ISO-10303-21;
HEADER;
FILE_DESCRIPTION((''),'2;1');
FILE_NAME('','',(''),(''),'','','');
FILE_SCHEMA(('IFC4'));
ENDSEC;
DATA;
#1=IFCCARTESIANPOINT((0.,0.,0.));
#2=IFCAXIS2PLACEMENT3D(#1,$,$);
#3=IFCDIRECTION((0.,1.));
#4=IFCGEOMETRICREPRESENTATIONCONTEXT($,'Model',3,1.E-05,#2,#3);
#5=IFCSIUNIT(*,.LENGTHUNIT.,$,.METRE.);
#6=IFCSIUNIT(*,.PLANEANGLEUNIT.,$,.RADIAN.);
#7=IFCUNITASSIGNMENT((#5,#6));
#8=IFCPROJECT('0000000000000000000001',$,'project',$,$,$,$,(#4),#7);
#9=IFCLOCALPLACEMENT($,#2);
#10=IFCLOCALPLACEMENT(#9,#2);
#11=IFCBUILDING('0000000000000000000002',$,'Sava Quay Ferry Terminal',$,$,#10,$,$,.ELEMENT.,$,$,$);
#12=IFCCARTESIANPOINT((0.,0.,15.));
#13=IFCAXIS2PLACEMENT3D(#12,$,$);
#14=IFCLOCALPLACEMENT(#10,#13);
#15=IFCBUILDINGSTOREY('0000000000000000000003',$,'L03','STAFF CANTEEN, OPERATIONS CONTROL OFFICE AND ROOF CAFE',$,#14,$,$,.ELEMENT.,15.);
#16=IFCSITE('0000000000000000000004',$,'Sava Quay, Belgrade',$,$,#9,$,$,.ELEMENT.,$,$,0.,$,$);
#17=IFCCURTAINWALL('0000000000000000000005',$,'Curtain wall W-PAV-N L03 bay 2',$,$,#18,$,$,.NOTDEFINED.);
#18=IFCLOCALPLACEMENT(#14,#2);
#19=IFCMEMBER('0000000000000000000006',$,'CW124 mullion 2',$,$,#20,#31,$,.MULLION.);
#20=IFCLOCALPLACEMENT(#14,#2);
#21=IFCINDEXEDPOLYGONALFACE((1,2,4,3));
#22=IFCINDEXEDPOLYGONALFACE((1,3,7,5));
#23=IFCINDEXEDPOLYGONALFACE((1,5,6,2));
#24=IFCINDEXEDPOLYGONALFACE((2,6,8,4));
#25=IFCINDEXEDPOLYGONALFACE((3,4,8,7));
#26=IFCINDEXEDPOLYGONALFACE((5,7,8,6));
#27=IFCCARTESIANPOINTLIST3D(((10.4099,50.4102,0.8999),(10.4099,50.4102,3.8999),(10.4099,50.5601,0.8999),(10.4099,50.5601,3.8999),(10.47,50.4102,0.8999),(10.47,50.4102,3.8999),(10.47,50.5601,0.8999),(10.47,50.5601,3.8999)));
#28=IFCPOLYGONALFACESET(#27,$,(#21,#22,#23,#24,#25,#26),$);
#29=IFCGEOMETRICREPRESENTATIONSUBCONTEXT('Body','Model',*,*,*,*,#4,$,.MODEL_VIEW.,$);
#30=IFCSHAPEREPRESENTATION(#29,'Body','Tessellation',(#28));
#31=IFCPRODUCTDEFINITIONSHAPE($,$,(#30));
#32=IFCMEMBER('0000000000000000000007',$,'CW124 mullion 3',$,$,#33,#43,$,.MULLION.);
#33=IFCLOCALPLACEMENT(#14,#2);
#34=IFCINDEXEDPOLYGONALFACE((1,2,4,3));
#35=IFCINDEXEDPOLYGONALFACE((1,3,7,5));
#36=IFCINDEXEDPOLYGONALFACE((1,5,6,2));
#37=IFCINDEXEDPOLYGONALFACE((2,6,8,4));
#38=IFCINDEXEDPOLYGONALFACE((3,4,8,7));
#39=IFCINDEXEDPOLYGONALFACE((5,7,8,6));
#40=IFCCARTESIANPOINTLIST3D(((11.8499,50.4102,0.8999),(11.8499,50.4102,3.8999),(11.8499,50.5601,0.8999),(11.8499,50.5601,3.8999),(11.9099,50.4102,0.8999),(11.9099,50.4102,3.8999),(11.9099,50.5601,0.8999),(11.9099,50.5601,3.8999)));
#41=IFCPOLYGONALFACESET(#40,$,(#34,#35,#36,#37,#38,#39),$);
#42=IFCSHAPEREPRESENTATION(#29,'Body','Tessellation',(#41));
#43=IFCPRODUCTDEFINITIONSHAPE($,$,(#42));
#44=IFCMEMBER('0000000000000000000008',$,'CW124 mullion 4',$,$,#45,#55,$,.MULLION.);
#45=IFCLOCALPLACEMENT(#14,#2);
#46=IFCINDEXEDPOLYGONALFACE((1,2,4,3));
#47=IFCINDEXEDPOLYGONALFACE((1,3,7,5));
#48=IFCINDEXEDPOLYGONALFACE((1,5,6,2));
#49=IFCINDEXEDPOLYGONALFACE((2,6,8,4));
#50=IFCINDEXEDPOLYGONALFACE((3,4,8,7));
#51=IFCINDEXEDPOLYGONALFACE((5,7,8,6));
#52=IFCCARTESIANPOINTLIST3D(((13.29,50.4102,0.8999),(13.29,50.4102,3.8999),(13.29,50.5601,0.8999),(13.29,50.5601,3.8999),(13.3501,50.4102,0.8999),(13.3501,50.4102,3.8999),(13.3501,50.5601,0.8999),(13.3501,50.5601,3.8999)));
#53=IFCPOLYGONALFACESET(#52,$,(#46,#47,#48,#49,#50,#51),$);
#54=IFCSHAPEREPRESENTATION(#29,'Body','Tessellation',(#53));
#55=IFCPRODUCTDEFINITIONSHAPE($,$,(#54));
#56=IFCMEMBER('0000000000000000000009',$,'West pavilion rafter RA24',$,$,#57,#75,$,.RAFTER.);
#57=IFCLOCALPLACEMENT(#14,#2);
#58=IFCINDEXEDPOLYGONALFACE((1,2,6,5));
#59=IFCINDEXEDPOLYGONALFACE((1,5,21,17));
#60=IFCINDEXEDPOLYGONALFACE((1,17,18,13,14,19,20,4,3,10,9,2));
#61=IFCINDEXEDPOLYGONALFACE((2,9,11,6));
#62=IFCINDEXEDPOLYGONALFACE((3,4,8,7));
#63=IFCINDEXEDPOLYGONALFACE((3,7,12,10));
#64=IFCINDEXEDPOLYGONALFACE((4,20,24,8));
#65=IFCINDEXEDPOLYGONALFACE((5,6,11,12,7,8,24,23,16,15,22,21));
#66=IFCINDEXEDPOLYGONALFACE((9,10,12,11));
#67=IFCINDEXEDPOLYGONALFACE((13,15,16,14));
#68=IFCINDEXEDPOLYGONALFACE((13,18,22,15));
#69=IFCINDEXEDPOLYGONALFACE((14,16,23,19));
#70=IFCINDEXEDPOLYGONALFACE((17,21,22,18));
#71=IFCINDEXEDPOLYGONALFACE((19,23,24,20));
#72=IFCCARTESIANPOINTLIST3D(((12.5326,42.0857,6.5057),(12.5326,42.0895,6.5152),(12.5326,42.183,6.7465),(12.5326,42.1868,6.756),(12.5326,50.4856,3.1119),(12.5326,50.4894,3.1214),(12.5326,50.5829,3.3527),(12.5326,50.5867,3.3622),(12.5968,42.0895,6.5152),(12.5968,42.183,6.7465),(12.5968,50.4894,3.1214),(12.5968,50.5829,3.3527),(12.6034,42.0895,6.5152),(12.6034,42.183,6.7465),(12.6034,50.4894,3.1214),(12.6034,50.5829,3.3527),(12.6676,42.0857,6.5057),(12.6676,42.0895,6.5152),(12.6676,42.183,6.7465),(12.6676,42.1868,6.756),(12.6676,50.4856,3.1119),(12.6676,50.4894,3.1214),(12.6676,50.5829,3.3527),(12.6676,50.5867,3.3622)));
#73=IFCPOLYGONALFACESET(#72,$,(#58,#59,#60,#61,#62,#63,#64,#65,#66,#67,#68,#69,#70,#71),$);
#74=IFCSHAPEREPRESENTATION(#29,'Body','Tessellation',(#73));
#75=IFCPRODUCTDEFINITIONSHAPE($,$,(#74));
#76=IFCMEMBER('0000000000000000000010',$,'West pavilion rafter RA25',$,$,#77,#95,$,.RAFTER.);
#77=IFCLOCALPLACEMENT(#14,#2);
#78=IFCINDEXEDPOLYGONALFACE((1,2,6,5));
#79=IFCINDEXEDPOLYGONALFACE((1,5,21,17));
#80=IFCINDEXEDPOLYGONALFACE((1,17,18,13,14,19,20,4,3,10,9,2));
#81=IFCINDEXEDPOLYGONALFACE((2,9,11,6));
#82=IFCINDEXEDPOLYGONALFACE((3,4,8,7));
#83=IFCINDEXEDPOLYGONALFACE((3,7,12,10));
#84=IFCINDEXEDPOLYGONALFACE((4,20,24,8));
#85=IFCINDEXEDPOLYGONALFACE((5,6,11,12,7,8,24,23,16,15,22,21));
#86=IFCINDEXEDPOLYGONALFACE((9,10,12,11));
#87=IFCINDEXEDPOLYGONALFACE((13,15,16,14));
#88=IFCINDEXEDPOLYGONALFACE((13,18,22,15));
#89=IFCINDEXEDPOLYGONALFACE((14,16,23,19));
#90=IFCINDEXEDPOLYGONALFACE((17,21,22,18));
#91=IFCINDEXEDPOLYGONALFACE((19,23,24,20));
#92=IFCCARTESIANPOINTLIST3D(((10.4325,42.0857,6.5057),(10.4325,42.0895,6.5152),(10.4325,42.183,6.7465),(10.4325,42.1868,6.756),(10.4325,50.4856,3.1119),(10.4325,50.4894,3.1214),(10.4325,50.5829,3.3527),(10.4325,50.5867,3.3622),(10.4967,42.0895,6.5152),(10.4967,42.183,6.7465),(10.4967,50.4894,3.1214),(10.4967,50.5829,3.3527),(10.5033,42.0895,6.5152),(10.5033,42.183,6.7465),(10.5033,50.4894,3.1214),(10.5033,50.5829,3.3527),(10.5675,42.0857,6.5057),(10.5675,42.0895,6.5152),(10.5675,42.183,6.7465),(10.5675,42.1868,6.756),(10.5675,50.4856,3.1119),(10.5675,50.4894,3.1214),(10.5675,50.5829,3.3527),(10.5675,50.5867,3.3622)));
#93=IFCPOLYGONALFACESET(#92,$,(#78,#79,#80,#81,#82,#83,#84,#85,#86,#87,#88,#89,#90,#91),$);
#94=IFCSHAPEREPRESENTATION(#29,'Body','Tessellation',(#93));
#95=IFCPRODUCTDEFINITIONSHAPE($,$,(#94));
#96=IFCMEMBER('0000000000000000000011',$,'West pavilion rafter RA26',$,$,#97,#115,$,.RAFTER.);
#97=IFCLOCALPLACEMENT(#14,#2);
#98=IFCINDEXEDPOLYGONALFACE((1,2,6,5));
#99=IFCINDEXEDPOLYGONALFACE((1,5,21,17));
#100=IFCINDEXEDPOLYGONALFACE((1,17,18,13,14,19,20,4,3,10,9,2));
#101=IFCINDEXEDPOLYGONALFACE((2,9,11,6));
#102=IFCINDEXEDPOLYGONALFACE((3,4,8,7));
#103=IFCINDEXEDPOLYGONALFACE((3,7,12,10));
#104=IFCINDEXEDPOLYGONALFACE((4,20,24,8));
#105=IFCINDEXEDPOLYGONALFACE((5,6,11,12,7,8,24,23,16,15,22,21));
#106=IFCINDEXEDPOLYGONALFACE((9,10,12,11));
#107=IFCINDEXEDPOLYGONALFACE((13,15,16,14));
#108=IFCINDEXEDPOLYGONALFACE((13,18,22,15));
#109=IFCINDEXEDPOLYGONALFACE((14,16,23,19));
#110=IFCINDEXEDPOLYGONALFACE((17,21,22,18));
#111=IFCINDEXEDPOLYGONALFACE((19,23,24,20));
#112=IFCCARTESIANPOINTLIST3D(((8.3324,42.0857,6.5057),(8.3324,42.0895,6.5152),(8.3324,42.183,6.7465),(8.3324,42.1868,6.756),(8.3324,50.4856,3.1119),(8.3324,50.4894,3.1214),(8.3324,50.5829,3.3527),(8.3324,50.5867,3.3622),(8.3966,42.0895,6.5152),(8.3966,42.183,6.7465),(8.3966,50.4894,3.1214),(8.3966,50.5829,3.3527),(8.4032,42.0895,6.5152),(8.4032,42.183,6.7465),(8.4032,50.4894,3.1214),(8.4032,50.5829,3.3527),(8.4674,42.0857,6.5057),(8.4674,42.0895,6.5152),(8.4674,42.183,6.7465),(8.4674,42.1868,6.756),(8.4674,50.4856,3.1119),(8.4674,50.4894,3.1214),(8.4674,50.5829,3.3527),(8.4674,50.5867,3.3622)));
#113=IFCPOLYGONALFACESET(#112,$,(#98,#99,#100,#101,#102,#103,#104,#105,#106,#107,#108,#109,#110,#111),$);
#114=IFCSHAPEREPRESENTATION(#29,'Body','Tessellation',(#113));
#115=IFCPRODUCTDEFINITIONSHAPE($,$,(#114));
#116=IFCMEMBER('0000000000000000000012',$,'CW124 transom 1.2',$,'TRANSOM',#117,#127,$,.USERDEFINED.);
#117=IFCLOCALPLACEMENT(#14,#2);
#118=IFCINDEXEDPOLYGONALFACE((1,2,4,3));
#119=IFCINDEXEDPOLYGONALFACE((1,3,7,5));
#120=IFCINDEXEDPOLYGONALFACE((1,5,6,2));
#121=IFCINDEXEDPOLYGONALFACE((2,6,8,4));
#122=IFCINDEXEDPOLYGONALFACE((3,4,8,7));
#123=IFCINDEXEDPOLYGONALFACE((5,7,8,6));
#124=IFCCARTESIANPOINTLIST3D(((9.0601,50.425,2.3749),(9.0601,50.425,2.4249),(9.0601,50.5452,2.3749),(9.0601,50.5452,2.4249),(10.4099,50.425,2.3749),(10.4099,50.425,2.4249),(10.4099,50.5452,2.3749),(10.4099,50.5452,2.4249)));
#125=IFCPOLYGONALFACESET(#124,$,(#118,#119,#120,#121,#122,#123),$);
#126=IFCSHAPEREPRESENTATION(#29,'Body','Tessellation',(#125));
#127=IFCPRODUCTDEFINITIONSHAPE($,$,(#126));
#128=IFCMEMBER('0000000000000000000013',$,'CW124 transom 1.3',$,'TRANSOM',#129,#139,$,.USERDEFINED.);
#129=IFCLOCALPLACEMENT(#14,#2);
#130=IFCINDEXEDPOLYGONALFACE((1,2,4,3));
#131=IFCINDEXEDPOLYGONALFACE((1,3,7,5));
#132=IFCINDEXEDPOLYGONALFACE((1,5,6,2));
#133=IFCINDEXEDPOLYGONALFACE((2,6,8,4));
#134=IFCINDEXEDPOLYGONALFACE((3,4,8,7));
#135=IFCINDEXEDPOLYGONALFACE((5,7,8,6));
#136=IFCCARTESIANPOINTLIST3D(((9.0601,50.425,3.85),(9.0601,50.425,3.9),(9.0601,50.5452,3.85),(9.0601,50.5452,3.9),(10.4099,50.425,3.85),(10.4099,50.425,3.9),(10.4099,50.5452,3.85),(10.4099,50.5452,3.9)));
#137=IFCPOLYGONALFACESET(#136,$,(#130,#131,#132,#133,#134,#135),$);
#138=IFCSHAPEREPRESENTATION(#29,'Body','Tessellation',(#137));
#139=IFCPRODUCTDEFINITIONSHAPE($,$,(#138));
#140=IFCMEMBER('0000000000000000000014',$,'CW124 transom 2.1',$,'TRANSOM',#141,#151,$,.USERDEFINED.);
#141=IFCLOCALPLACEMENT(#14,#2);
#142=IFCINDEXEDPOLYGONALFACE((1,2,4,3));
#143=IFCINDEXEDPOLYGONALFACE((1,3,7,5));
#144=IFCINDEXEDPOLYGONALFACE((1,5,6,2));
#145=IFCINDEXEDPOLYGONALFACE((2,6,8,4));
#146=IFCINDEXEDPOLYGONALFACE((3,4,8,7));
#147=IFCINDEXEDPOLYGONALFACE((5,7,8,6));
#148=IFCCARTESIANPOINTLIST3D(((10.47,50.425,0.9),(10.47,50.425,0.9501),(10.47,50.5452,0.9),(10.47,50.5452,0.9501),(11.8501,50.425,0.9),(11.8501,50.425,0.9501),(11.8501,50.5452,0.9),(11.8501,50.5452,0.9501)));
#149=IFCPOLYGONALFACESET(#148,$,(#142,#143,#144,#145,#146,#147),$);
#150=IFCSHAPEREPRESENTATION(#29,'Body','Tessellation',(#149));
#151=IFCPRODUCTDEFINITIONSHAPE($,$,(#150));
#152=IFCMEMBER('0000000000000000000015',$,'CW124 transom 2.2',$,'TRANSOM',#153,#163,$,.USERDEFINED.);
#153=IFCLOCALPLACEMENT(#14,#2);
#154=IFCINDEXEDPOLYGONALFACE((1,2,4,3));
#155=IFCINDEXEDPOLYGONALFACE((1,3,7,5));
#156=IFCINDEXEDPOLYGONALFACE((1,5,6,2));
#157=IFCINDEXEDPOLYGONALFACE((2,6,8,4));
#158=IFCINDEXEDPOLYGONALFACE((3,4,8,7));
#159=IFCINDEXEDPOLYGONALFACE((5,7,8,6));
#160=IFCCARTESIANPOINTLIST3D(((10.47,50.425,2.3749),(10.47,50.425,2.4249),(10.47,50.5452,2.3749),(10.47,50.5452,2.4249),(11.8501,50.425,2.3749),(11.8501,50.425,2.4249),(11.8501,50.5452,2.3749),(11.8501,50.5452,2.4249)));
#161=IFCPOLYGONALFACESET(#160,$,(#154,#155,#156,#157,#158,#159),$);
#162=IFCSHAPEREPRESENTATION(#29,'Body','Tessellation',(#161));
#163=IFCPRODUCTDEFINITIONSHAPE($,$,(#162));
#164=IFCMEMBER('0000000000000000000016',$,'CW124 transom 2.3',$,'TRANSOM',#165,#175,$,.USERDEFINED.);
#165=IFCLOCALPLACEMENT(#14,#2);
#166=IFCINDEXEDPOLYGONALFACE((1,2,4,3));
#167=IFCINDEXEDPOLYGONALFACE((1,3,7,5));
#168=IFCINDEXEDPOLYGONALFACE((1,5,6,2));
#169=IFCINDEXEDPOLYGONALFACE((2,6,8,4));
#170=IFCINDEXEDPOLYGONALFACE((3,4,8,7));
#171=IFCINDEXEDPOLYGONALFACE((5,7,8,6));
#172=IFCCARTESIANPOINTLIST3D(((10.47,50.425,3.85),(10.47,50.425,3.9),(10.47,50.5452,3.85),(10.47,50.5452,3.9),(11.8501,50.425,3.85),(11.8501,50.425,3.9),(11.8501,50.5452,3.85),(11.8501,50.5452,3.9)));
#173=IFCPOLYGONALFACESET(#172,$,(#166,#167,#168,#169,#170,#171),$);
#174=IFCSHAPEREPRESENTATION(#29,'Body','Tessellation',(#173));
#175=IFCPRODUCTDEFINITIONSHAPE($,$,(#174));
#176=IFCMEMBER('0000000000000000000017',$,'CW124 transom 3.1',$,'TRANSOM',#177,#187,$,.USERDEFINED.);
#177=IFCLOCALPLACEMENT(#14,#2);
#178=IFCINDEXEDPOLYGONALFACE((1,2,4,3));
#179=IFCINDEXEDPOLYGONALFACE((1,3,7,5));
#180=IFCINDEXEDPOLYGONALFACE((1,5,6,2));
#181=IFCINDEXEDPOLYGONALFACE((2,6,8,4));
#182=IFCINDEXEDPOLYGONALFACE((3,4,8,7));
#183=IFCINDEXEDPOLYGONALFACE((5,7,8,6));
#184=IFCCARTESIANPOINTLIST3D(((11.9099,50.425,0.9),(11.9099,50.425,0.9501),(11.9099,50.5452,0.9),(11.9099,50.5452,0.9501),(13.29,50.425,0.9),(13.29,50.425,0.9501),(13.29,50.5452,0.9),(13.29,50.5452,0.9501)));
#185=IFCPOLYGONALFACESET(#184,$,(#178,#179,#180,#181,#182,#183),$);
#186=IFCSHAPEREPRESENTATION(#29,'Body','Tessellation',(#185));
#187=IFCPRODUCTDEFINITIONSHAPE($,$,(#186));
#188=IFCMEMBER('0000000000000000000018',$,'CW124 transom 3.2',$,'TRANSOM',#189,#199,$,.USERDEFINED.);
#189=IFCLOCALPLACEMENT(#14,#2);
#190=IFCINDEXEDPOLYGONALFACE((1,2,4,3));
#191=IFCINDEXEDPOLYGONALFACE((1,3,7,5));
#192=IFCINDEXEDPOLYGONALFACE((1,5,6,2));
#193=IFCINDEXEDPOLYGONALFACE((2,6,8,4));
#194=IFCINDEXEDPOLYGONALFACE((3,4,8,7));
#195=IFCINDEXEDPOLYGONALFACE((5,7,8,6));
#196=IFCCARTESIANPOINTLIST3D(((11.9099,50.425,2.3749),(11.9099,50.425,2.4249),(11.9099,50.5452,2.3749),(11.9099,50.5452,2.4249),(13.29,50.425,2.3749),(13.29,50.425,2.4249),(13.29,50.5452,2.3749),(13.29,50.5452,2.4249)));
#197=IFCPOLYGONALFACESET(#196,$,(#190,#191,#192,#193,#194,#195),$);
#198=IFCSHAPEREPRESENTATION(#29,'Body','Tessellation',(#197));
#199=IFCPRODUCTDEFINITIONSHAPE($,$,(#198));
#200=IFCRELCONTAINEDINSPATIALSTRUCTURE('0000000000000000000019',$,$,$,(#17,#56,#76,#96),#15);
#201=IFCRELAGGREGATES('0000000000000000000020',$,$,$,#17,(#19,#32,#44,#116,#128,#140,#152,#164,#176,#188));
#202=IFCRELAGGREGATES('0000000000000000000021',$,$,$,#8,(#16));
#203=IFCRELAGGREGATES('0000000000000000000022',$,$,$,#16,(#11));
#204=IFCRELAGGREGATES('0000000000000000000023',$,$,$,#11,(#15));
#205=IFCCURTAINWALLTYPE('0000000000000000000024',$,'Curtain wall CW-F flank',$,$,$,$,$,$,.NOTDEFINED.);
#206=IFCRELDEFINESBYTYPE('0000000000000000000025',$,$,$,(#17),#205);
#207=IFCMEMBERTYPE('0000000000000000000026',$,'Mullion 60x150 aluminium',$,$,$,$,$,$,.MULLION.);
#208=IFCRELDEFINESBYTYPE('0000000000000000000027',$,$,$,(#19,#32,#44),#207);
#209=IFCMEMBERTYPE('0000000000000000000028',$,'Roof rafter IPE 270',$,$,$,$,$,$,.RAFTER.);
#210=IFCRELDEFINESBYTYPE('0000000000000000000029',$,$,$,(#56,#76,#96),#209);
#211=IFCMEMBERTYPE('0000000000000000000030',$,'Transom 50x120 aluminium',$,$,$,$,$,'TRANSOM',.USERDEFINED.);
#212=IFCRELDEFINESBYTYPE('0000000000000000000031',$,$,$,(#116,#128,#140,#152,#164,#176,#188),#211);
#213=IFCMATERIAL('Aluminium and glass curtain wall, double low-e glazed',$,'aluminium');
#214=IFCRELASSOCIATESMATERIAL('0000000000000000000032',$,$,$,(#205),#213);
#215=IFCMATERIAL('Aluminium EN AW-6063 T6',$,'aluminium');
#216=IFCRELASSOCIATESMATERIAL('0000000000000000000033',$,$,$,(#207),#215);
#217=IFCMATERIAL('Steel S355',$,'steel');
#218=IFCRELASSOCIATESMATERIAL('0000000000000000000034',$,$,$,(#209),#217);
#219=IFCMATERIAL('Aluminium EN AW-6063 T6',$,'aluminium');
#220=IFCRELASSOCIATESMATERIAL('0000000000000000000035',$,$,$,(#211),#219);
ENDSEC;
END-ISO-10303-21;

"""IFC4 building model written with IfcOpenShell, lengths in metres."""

from ifc_helpers import new_model, si_unit, direction, frame, origin, origin_2d, place, context, subcontext, project, spatial, rectangle, i_section, extrude, material, material_profile, profile_set, type_object, element, aggregate, save


model = new_model("IFC4")

# Units and contexts
model_context = context("Model", 3, precision=1e-05, world=origin(), true_north=direction((0.0, 1.0)))
body_context = subcontext(model_context, "Body", "Model", "MODEL_VIEW")
ifc_project = project(units=[si_unit("LENGTHUNIT", "METRE"), si_unit("PLANEANGLEUNIT", "RADIAN")], contexts=[model_context])

# Site, building, storey
site_placement = place(None, origin())
site = spatial("IfcSite", under=ifc_project, at=site_placement, Name="Sava Quay, Belgrade", CompositionType="ELEMENT", RefElevation=0.0)
building_placement = place(site_placement, origin())
building = spatial("IfcBuilding", under=site, at=building_placement, Name="Sava Quay Ferry Terminal", CompositionType="ELEMENT")
storey_placement = place(building_placement, frame((0.0, 0.0, 15.0)))
storey = spatial("IfcBuildingStorey", under=building, at=storey_placement, Name="L03", Description="STAFF CANTEEN, OPERATIONS CONTROL OFFICE AND ROOF CAFE", CompositionType="ELEMENT", Elevation=15.0)

# Curtain wall, members
ifc_material_1 = material(Name="Aluminium and glass curtain wall, double low-e glazed", Category="aluminium")
curtain_wall_type = type_object("IfcCurtainWallType", Name="Curtain wall CW-F flank", PredefinedType="NOTDEFINED", material=ifc_material_1)
curtain_wall_placement = place(storey_placement, origin())
curtain_wall = element("IfcCurtainWall", 1, at=curtain_wall_placement, inside=storey, type_object=curtain_wall_type, Name="Curtain wall W-PAV-N L03 bay 2", PredefinedType="NOTDEFINED")
ifc_material_2 = material(Name="Aluminium EN AW-6063 T6", Category="aluminium")
ifc_material_profile_1 = material_profile(ifc_material_2, rectangle(XDim=0.1499, YDim=0.0601, at=origin_2d()), Name="Mullion 60x150 aluminium")
ifc_profile_set_1 = profile_set([ifc_material_profile_1], Name="Aluminium EN AW-6063 T6")
member_type_1 = type_object("IfcMemberType", Name="Mullion 60x150 aluminium", PredefinedType="MULLION", material=ifc_profile_set_1)
member_1_placement = place(storey_placement, frame((10.4399, 50.4851, 0.8999), z_axis=(0.0, 0.0, 1.0), x_axis=(0.0, 1.0, 0.0)))
member_1 = element("IfcMember", 2, at=member_1_placement, type_object=member_type_1, Name="CW124 mullion 2", PredefinedType="MULLION", context=body_context, shape_type="SweptSolid", body=[
    extrude(rectangle(XDim=0.1499, YDim=0.0601, at=origin_2d()), origin(), (0.0, 0.0, 1.0), 3.0),
])
member_2_placement = place(storey_placement, frame((11.8799, 50.4851, 0.8999), z_axis=(0.0, 0.0, 1.0), x_axis=(0.0, 1.0, 0.0)))
member_2 = element("IfcMember", 3, at=member_2_placement, type_object=member_type_1, Name="CW124 mullion 3", PredefinedType="MULLION", context=body_context, shape_type="SweptSolid", body=[
    extrude(rectangle(XDim=0.1499, YDim=0.0601, at=origin_2d()), origin(), (0.0, 0.0, 1.0), 3.0),
])
member_3_placement = place(storey_placement, frame((13.3201, 50.4851, 0.8999), z_axis=(0.0, 0.0, 1.0), x_axis=(0.0, 1.0, 0.0)))
member_3 = element("IfcMember", 4, at=member_3_placement, type_object=member_type_1, Name="CW124 mullion 4", PredefinedType="MULLION", context=body_context, shape_type="SweptSolid", body=[
    extrude(rectangle(XDim=0.1499, YDim=0.0601, at=origin_2d()), origin(), (0.0, 0.0, 1.0), 3.0),
])

# Members
ifc_material_3 = material(Name="Steel S355", Category="steel")
ifc_material_profile_2 = material_profile(ifc_material_3, i_section(OverallWidth=0.135, OverallDepth=0.27, WebThickness=0.0066, FlangeThickness=0.0103, at=origin_2d()), Name="IPE 270")
ifc_profile_set_2 = profile_set([ifc_material_profile_2], Name="Steel S355")
member_type_2 = type_object("IfcMemberType", Name="Roof rafter IPE 270", PredefinedType="RAFTER", material=ifc_profile_set_2)
for number, where, z_axis, x_axis, name in (
    (5, (12.6001, 50.5361, 3.2371), (0.0, -0.927183, 0.374608), (1.0, 0.0, 0.0), "West pavilion rafter RA24"),
    (6, (10.5, 50.5361, 3.2371), (0.0, -0.927183, 0.374608), (1.0, 0.0, 0.0), "West pavilion rafter RA25"),
    (7, (8.3999, 50.5361, 3.2371), (0.0, -0.927183, 0.374608), (1.0, 0.0, 0.0), "West pavilion rafter RA26"),
):
    element("IfcMember", number, at=place(storey_placement, frame(where, z_axis=z_axis, x_axis=x_axis)), inside=storey, type_object=member_type_2, Name=name, PredefinedType="RAFTER", context=body_context, shape_type="SweptSolid", body=[
        extrude(i_section(OverallWidth=0.135, OverallDepth=0.27, WebThickness=0.0066, FlangeThickness=0.0103, at=origin_2d()), origin(), (0.0, 0.0, 1.0), 9.0596),
    ])

# Members
ifc_material_4 = material(Name="Aluminium EN AW-6063 T6", Category="aluminium")
ifc_material_profile_3 = material_profile(ifc_material_4, rectangle(XDim=0.1201, YDim=0.05, at=origin_2d()), Name="Transom 50x120 aluminium")
ifc_profile_set_3 = profile_set([ifc_material_profile_3], Name="Aluminium EN AW-6063 T6")
member_type_3 = type_object("IfcMemberType", Name="Transom 50x120 aluminium", ElementType="TRANSOM", PredefinedType="USERDEFINED", material=ifc_profile_set_3)
member_4_placement = place(storey_placement, frame((9.0601, 50.4851, 2.3999), z_axis=(1.0, 0.0, 0.0), x_axis=(0.0, 1.0, 0.0)))
member_4 = element("IfcMember", 8, at=member_4_placement, type_object=member_type_3, Name="CW124 transom 1.2", ObjectType="TRANSOM", PredefinedType="USERDEFINED", context=body_context, shape_type="SweptSolid", body=[
    extrude(rectangle(XDim=0.1201, YDim=0.05, at=origin_2d()), origin(), (0.0, 0.0, 1.0), 1.3499),
])
member_5_placement = place(storey_placement, frame((9.0601, 50.4851, 3.875), z_axis=(1.0, 0.0, 0.0), x_axis=(0.0, 1.0, 0.0)))
member_5 = element("IfcMember", 9, at=member_5_placement, type_object=member_type_3, Name="CW124 transom 1.3", ObjectType="TRANSOM", PredefinedType="USERDEFINED", context=body_context, shape_type="SweptSolid", body=[
    extrude(rectangle(XDim=0.1201, YDim=0.05, at=origin_2d()), origin(), (0.0, 0.0, 1.0), 1.3499),
])
member_6_placement = place(storey_placement, frame((10.47, 50.4851, 0.925), z_axis=(1.0, 0.0, 0.0), x_axis=(0.0, 1.0, 0.0)))
member_6 = element("IfcMember", 10, at=member_6_placement, type_object=member_type_3, Name="CW124 transom 2.1", ObjectType="TRANSOM", PredefinedType="USERDEFINED", context=body_context, shape_type="SweptSolid", body=[
    extrude(rectangle(XDim=0.1201, YDim=0.05, at=origin_2d()), origin(), (0.0, 0.0, 1.0), 1.3801),
])
member_7_placement = place(storey_placement, frame((10.47, 50.4851, 2.3999), z_axis=(1.0, 0.0, 0.0), x_axis=(0.0, 1.0, 0.0)))
member_7 = element("IfcMember", 11, at=member_7_placement, type_object=member_type_3, Name="CW124 transom 2.2", ObjectType="TRANSOM", PredefinedType="USERDEFINED", context=body_context, shape_type="SweptSolid", body=[
    extrude(rectangle(XDim=0.1201, YDim=0.05, at=origin_2d()), origin(), (0.0, 0.0, 1.0), 1.3801),
])
member_8_placement = place(storey_placement, frame((10.47, 50.4851, 3.875), z_axis=(1.0, 0.0, 0.0), x_axis=(0.0, 1.0, 0.0)))
member_8 = element("IfcMember", 12, at=member_8_placement, type_object=member_type_3, Name="CW124 transom 2.3", ObjectType="TRANSOM", PredefinedType="USERDEFINED", context=body_context, shape_type="SweptSolid", body=[
    extrude(rectangle(XDim=0.1201, YDim=0.05, at=origin_2d()), origin(), (0.0, 0.0, 1.0), 1.3801),
])
member_9_placement = place(storey_placement, frame((11.9099, 50.4851, 0.925), z_axis=(1.0, 0.0, 0.0), x_axis=(0.0, 1.0, 0.0)))
member_9 = element("IfcMember", 13, at=member_9_placement, type_object=member_type_3, Name="CW124 transom 3.1", ObjectType="TRANSOM", PredefinedType="USERDEFINED", context=body_context, shape_type="SweptSolid", body=[
    extrude(rectangle(XDim=0.1201, YDim=0.05, at=origin_2d()), origin(), (0.0, 0.0, 1.0), 1.3801),
])
member_10_placement = place(storey_placement, frame((11.9099, 50.4851, 2.3999), z_axis=(1.0, 0.0, 0.0), x_axis=(0.0, 1.0, 0.0)))
member_10 = element("IfcMember", 14, at=member_10_placement, type_object=member_type_3, Name="CW124 transom 3.2", ObjectType="TRANSOM", PredefinedType="USERDEFINED", context=body_context, shape_type="SweptSolid", body=[
    extrude(rectangle(XDim=0.1201, YDim=0.05, at=origin_2d()), origin(), (0.0, 0.0, 1.0), 1.3801),
])

aggregate(curtain_wall, [member_1, member_2, member_3, member_4, member_5, member_6, member_7, member_8, member_9, member_10])

save(model, "model.ifc")
